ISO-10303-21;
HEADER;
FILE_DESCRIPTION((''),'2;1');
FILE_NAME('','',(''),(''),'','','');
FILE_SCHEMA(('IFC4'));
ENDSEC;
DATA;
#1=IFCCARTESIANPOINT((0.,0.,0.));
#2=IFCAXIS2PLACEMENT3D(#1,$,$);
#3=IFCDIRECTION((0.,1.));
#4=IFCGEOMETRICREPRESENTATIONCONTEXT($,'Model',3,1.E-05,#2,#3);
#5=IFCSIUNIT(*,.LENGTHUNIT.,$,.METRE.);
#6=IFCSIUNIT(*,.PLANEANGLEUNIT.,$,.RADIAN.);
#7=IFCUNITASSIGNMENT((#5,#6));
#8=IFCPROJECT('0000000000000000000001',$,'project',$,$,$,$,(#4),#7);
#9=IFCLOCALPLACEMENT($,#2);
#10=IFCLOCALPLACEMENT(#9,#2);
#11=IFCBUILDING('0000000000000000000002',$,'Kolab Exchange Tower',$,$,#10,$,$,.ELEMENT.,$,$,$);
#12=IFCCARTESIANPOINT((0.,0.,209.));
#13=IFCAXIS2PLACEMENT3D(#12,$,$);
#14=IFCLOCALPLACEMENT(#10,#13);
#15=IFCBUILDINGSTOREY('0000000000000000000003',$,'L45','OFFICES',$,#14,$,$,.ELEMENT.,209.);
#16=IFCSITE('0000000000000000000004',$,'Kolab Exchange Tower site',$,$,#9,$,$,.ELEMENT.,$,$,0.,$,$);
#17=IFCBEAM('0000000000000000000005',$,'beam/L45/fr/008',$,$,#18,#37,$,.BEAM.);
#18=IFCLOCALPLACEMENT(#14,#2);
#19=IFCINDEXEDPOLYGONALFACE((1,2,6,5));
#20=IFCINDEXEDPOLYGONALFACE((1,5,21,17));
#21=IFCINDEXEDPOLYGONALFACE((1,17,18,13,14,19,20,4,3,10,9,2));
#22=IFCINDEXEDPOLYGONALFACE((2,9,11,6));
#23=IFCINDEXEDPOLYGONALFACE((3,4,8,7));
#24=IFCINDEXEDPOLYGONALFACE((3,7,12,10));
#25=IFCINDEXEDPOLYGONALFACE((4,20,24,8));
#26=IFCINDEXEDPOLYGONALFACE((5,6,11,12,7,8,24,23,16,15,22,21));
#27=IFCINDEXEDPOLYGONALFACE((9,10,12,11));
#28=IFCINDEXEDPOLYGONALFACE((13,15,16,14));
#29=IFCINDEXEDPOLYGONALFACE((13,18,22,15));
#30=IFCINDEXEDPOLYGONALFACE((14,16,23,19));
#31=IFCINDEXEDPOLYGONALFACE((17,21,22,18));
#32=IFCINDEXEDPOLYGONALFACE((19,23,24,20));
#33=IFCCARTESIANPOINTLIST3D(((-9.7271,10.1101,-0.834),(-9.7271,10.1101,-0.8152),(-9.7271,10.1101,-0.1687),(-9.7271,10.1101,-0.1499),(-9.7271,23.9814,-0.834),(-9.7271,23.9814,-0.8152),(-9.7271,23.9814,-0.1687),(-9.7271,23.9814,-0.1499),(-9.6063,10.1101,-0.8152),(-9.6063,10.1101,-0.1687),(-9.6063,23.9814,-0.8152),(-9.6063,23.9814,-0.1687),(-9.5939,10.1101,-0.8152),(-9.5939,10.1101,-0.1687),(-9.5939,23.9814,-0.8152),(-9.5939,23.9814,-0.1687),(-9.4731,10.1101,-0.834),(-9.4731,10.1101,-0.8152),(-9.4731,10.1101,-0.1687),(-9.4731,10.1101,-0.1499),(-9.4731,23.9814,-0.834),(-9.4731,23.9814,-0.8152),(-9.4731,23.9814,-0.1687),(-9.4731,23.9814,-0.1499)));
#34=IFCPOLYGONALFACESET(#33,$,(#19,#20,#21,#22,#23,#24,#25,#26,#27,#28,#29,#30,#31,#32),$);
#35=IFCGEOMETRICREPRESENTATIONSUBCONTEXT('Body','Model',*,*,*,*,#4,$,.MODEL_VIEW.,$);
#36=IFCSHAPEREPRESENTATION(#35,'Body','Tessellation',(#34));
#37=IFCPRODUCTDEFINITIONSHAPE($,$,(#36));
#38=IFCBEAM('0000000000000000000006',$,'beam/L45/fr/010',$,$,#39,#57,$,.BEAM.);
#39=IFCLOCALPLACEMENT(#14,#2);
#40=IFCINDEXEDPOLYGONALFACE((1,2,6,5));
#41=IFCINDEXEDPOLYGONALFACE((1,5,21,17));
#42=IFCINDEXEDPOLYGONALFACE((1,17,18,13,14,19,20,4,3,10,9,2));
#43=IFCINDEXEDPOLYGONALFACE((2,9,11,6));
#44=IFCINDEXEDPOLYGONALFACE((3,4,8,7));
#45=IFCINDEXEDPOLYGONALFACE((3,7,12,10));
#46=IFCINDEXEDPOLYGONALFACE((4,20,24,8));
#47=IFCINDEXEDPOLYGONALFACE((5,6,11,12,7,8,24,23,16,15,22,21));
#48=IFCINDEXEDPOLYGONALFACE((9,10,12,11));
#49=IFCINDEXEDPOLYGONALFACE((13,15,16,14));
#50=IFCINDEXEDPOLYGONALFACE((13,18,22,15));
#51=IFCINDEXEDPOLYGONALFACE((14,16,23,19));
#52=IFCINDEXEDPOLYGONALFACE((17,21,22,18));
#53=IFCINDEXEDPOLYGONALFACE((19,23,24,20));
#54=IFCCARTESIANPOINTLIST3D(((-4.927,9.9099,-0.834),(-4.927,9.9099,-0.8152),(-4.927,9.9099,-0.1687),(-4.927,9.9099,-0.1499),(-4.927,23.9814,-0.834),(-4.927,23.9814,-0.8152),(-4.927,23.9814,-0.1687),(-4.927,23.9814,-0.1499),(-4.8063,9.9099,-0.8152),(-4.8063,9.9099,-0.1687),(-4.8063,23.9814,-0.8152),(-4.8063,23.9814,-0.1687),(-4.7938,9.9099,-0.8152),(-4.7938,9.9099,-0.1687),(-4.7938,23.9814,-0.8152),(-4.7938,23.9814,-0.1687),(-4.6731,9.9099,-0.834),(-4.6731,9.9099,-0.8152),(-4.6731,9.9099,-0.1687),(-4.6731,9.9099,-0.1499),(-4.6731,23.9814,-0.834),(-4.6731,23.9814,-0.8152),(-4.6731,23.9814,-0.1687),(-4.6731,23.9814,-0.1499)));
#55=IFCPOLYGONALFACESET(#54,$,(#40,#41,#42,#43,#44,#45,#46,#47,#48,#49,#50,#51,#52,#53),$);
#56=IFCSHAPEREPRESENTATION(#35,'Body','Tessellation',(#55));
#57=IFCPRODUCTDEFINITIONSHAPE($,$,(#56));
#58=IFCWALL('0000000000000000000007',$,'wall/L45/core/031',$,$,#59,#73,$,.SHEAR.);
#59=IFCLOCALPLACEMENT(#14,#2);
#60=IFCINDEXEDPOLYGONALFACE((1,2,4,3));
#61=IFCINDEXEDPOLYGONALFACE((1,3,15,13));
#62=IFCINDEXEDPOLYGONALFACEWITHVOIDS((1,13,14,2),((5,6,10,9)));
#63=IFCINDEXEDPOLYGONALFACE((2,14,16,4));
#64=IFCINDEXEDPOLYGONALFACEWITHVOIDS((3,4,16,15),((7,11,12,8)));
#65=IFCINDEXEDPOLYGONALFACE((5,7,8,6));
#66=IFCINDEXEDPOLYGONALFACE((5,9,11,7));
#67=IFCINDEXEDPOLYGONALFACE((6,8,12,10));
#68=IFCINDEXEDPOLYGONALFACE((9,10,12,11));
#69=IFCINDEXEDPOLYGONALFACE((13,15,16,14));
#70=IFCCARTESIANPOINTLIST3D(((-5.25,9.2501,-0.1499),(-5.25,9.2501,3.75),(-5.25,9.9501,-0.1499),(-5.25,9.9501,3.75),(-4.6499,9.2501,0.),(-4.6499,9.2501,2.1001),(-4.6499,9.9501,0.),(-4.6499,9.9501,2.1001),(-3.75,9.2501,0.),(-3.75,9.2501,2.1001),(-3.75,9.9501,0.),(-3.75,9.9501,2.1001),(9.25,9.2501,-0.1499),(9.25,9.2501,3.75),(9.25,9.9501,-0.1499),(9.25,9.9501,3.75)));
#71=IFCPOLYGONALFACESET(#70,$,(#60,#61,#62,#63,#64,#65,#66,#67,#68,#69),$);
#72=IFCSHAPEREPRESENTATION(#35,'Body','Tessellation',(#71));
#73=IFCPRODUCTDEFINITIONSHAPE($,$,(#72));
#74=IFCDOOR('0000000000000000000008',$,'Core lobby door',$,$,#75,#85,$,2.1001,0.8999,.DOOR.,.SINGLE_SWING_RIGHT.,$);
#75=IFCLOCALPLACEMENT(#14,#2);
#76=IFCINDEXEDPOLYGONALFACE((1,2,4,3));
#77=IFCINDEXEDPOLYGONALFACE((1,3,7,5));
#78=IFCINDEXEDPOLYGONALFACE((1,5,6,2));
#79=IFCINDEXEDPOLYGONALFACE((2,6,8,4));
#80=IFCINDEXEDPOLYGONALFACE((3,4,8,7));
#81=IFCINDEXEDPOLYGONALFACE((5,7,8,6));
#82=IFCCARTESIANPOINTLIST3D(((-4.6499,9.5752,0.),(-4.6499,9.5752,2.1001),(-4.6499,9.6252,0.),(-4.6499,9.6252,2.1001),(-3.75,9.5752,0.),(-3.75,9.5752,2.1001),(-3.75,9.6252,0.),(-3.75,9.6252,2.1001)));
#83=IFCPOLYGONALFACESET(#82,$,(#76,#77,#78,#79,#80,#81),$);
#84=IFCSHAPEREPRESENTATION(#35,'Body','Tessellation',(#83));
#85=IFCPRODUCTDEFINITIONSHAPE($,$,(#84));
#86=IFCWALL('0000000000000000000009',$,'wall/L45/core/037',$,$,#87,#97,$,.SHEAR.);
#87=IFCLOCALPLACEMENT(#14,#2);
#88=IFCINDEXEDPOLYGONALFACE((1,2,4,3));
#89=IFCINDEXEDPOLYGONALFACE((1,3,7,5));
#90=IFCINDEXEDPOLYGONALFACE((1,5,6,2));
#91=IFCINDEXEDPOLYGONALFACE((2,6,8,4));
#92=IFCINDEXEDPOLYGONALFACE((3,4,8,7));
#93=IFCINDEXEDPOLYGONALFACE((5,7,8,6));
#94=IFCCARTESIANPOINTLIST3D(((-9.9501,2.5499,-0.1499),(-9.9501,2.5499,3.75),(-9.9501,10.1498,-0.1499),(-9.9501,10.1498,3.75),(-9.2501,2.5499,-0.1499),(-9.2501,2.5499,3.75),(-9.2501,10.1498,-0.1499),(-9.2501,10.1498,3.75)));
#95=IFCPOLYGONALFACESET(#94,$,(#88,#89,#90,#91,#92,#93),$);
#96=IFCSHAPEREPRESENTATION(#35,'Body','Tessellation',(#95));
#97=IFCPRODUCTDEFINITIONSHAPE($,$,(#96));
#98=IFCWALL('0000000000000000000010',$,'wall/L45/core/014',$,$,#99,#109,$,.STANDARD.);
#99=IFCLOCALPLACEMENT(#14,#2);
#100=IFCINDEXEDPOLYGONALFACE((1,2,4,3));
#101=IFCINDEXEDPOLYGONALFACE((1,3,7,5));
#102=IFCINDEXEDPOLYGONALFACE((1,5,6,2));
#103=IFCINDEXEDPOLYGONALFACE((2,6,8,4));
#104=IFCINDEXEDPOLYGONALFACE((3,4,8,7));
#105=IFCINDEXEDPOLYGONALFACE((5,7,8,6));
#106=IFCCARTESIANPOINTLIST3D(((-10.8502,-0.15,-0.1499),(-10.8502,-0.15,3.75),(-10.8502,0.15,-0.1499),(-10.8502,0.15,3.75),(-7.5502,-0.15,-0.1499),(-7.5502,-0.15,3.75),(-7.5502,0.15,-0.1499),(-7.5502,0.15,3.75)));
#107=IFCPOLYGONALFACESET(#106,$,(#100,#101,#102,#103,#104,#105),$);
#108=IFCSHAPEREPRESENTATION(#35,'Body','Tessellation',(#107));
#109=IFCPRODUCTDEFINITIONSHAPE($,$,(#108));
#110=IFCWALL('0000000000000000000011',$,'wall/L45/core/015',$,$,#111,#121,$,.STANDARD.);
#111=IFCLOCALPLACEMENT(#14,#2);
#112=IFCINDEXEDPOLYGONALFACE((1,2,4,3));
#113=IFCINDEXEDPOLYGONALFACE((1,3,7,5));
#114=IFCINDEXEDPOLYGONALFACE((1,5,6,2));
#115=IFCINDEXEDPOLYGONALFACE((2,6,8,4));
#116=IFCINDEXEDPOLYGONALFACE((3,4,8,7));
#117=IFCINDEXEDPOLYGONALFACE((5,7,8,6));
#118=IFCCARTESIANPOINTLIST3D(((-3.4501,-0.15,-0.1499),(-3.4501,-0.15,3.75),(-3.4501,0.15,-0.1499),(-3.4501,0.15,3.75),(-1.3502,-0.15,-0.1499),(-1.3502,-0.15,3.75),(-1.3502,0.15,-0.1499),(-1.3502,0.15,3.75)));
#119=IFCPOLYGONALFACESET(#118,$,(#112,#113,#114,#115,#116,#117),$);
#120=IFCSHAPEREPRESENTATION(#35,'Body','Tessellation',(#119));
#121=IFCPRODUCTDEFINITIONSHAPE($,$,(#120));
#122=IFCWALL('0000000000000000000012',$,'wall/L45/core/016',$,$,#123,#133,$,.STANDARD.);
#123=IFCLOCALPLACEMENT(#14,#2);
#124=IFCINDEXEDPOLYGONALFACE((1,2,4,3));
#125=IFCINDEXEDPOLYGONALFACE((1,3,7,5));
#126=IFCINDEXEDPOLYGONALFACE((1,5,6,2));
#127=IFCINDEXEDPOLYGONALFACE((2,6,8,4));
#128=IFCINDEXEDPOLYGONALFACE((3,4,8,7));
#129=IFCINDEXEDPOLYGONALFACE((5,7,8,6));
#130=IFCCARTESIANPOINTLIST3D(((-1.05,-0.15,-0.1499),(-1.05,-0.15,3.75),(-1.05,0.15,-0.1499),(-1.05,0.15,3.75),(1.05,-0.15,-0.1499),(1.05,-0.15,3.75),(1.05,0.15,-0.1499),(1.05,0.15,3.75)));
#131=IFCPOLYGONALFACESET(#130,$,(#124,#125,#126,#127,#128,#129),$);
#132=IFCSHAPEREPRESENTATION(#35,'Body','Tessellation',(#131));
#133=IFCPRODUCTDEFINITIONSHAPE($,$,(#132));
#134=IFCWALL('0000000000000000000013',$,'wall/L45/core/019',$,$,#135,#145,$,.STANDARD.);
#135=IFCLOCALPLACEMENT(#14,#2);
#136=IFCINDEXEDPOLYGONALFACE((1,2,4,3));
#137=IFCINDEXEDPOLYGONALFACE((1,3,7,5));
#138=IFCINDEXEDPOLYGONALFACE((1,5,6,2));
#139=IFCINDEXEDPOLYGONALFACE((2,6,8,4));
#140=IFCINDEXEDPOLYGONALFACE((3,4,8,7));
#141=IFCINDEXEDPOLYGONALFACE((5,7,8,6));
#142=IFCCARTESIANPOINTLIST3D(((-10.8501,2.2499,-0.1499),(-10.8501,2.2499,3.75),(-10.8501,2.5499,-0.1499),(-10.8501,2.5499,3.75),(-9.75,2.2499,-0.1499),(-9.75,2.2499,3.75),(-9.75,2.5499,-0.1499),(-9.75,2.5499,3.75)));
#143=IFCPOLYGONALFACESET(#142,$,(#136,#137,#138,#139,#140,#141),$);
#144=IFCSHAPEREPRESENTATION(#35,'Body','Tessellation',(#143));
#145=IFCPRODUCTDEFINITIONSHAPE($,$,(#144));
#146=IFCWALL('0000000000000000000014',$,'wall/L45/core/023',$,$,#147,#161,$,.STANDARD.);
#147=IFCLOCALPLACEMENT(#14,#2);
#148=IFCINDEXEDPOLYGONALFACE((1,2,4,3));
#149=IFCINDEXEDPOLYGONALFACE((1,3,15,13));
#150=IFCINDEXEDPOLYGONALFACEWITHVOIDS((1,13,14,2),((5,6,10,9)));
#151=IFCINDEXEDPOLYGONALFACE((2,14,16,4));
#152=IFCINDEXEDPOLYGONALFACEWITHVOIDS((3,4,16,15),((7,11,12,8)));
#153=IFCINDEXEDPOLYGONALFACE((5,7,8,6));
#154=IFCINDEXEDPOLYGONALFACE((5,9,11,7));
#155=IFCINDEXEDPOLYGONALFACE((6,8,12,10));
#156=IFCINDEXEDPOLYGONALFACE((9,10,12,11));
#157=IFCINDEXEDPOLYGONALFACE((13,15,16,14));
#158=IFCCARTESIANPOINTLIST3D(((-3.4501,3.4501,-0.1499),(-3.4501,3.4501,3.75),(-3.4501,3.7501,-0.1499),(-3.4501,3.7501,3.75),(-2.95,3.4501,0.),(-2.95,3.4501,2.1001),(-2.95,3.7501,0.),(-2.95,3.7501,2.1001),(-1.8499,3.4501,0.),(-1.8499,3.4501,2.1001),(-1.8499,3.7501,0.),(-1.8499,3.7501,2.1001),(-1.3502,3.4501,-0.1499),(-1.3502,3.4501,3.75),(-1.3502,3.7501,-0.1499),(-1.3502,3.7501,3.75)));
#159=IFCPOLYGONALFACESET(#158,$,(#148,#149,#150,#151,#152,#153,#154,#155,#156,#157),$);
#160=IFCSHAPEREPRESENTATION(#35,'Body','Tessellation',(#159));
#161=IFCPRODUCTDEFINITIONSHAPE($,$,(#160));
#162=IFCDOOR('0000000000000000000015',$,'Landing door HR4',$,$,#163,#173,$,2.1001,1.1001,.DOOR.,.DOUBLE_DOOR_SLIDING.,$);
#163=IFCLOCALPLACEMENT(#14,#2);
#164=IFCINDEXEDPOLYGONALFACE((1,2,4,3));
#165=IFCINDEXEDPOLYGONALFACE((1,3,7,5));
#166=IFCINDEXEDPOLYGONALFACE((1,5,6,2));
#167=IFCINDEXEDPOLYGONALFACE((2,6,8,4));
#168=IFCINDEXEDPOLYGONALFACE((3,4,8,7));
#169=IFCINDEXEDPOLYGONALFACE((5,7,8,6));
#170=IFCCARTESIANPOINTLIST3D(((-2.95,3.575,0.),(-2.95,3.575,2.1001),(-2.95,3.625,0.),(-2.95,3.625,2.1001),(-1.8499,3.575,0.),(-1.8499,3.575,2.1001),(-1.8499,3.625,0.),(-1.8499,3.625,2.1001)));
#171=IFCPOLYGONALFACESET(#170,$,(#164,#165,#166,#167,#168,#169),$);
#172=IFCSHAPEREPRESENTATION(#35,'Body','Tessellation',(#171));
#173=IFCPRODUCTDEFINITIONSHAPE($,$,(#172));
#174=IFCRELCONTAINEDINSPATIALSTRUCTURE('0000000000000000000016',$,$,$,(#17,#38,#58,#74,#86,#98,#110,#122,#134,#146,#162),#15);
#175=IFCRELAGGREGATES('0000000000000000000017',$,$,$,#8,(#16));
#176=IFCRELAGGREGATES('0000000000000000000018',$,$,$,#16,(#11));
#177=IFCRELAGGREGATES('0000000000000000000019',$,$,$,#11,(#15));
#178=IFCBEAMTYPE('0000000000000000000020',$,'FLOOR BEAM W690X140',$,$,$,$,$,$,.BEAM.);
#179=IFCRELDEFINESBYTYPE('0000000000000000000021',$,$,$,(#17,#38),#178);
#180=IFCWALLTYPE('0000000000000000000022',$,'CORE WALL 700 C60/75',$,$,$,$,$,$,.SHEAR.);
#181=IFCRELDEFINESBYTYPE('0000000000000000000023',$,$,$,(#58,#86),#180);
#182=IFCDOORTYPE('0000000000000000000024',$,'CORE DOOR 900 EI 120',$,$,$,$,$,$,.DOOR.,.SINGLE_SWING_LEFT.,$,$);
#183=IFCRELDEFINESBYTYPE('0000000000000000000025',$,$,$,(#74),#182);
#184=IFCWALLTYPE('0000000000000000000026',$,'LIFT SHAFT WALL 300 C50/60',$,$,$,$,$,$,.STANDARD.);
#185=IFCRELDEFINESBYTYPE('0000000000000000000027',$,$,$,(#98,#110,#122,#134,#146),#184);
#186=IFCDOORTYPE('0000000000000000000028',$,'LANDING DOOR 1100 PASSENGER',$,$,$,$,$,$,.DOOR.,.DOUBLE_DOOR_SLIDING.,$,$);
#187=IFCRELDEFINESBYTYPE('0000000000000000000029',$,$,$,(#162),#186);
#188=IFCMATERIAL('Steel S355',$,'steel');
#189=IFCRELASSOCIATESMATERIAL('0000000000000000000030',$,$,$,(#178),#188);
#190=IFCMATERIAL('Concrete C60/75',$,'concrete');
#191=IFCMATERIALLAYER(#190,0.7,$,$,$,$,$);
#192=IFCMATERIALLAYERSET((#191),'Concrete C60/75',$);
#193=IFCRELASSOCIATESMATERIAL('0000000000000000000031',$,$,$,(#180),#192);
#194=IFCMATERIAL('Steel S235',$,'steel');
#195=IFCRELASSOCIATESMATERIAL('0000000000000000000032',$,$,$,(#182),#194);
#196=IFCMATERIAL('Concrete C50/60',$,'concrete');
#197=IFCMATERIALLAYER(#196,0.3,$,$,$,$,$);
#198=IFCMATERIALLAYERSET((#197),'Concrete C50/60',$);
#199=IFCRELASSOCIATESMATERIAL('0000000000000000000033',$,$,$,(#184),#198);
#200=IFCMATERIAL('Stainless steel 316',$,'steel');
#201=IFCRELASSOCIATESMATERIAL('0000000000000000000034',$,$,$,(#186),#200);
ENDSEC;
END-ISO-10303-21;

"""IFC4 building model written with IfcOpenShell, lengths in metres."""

from ifc_helpers import new_model, si_unit, direction, frame, frame_2d, origin, origin_2d, place, context, subcontext, project, spatial, rectangle, i_section, extrude, material, layer, layer_set, material_profile, profile_set, type_object, element, fill, save


model = new_model("IFC4")

# Units and contexts
model_context = context("Model", 3, precision=1e-05, world=origin(), true_north=direction((0.0, 1.0)))
body_context = subcontext(model_context, "Body", "Model", "MODEL_VIEW")
ifc_project = project(units=[si_unit("LENGTHUNIT", "METRE"), si_unit("PLANEANGLEUNIT", "RADIAN")], contexts=[model_context])

# Site, building, storey
site_placement = place(None, origin())
site = spatial("IfcSite", under=ifc_project, at=site_placement, Name="Kolab Exchange Tower site", CompositionType="ELEMENT", RefElevation=0.0)
building_placement = place(site_placement, origin())
building = spatial("IfcBuilding", under=site, at=building_placement, Name="Kolab Exchange Tower", CompositionType="ELEMENT")
storey_placement = place(building_placement, frame((0.0, 0.0, 209.0)))
storey = spatial("IfcBuildingStorey", under=building, at=storey_placement, Name="L45", Description="OFFICES", CompositionType="ELEMENT", Elevation=209.0)

# Beams
ifc_material_1 = material(Name="Steel S355", Category="steel")
ifc_material_profile = material_profile(ifc_material_1, i_section(OverallWidth=0.2539, OverallDepth=0.6841, WebThickness=0.0125, FlangeThickness=0.0188, at=origin_2d()), Name="W690X140")
ifc_profile_set = profile_set([ifc_material_profile], Name="Steel S355")
beam_type = type_object("IfcBeamType", Name="FLOOR BEAM W690X140", PredefinedType="BEAM", material=ifc_profile_set)
beam_1_placement = place(storey_placement, frame((-9.6001, 10.1101, -0.4919), z_axis=(0.0, 1.0, 0.0), x_axis=(-1.0, 0.0, 0.0)))
element("IfcBeam", 1, at=beam_1_placement, inside=storey, type_object=beam_type, Name="beam/L45/fr/008", PredefinedType="BEAM", context=body_context, shape_type="SweptSolid", body=[
    extrude(i_section(OverallWidth=0.2539, OverallDepth=0.6841, WebThickness=0.0125, FlangeThickness=0.0188, at=origin_2d()), origin(), (0.0, 0.0, 1.0), 13.8713),
])
beam_2_placement = place(storey_placement, frame((-4.8, 9.9099, -0.4919), z_axis=(0.0, 1.0, 0.0), x_axis=(-1.0, 0.0, 0.0)))
element("IfcBeam", 2, at=beam_2_placement, inside=storey, type_object=beam_type, Name="beam/L45/fr/010", PredefinedType="BEAM", context=body_context, shape_type="SweptSolid", body=[
    extrude(i_section(OverallWidth=0.2539, OverallDepth=0.6841, WebThickness=0.0125, FlangeThickness=0.0188, at=origin_2d()), origin(), (0.0, 0.0, 1.0), 14.0715),
])

# Wall, opening, door
ifc_material_2 = material(Name="Concrete C60/75", Category="concrete")
ifc_layer_1 = layer(ifc_material_2, 0.7)
ifc_layer_set_1 = layer_set([ifc_layer_1], Name="Concrete C60/75")
wall_type_1 = type_object("IfcWallType", Name="CORE WALL 700 C60/75", PredefinedType="SHEAR", material=ifc_layer_set_1)
wall_1_placement = place(storey_placement, frame((-5.25, 9.6001, -0.1499), z_axis=(0.0, 0.0, 1.0), x_axis=(1.0, 0.0, 0.0)))
wall_1 = element("IfcWall", 3, at=wall_1_placement, inside=storey, type_object=wall_type_1, Name="wall/L45/core/031", PredefinedType="SHEAR", context=body_context, shape_type="SweptSolid", body=[
    extrude(rectangle(XDim=14.5, YDim=0.7, at=frame_2d((7.25, 0.0))), origin(), (0.0, 0.0, 1.0), 3.8999),
])
opening_1_placement = place(wall_1_placement, frame((0.6001, 0.0, 0.1499)))
opening_1 = element("IfcOpeningElement", 4, at=opening_1_placement, cuts=wall_1, PredefinedType="OPENING", context=body_context, shape_type="SweptSolid", body=[
    extrude(rectangle(XDim=0.8999, YDim=2.1001, at=frame_2d((0.45, 1.05))), frame((0.0, 0.3599, 0.0), z_axis=(0.0, -1.0, 0.0), x_axis=(1.0, 0.0, 0.0)), (0.0, 0.0, 1.0), 0.72),
])
ifc_material_3 = material(Name="Steel S235", Category="steel")
door_type_1 = type_object("IfcDoorType", Name="CORE DOOR 900 EI 120", OperationType="SINGLE_SWING_LEFT", PredefinedType="DOOR", material=ifc_material_3)
door_1_placement = place(opening_1_placement, frame((0.8999, 0.0, 0.0), z_axis=(0.0, 0.0, 1.0), x_axis=(-1.0, 0.0, 0.0)))
door_1 = element("IfcDoor", 5, at=door_1_placement, inside=storey, type_object=door_type_1, Name="Core lobby door", OperationType="SINGLE_SWING_RIGHT", OverallHeight=2.1001, OverallWidth=0.8999, PredefinedType="DOOR", context=body_context, shape_type="SweptSolid", body=[
    extrude(rectangle(XDim=0.8999, YDim=2.1001, at=frame_2d((0.45, 1.05))), frame((0.0, 0.0249, 0.0), z_axis=(0.0, -1.0, 0.0), x_axis=(1.0, 0.0, 0.0)), (0.0, 0.0, 1.0), 0.05),
])
fill(opening_1, door_1)

# Walls
wall_2_placement = place(storey_placement, frame((-9.6001, 2.55, -0.1499), z_axis=(0.0, 0.0, 1.0), x_axis=(0.0, 1.0, 0.0)))
element("IfcWall", 6, at=wall_2_placement, inside=storey, type_object=wall_type_1, Name="wall/L45/core/037", PredefinedType="SHEAR", context=body_context, shape_type="SweptSolid", body=[
    extrude(rectangle(XDim=7.5999, YDim=0.7, at=frame_2d((3.7998, 0.0))), origin(), (0.0, 0.0, 1.0), 3.8999),
])
ifc_material_4 = material(Name="Concrete C50/60", Category="concrete")
ifc_layer_2 = layer(ifc_material_4, 0.3)
ifc_layer_set_2 = layer_set([ifc_layer_2], Name="Concrete C50/60")
wall_type_2 = type_object("IfcWallType", Name="LIFT SHAFT WALL 300 C50/60", PredefinedType="STANDARD", material=ifc_layer_set_2)
wall_3_placement = place(storey_placement, frame((-10.8501, 0.0, -0.1499), z_axis=(0.0, 0.0, 1.0), x_axis=(1.0, 0.0, 0.0)))
element("IfcWall", 7, at=wall_3_placement, inside=storey, type_object=wall_type_2, Name="wall/L45/core/014", PredefinedType="STANDARD", context=body_context, shape_type="SweptSolid", body=[
    extrude(rectangle(XDim=3.3, YDim=0.3, at=frame_2d((1.6499, 0.0))), origin(), (0.0, 0.0, 1.0), 3.8999),
])
wall_4_placement = place(storey_placement, frame((-3.45, 0.0, -0.1499), z_axis=(0.0, 0.0, 1.0), x_axis=(1.0, 0.0, 0.0)))
element("IfcWall", 8, at=wall_4_placement, inside=storey, type_object=wall_type_2, Name="wall/L45/core/015", PredefinedType="STANDARD", context=body_context, shape_type="SweptSolid", body=[
    extrude(rectangle(XDim=2.0999, YDim=0.3, at=frame_2d((1.0498, 0.0))), origin(), (0.0, 0.0, 1.0), 3.8999),
])
wall_5_placement = place(storey_placement, frame((-1.05, 0.0, -0.1499), z_axis=(0.0, 0.0, 1.0), x_axis=(1.0, 0.0, 0.0)))
element("IfcWall", 9, at=wall_5_placement, inside=storey, type_object=wall_type_2, Name="wall/L45/core/016", PredefinedType="STANDARD", context=body_context, shape_type="SweptSolid", body=[
    extrude(rectangle(XDim=2.1001, YDim=0.3, at=frame_2d((1.05, 0.0))), origin(), (0.0, 0.0, 1.0), 3.8999),
])
wall_6_placement = place(storey_placement, frame((-10.8501, 2.3999, -0.1499), z_axis=(0.0, 0.0, 1.0), x_axis=(1.0, 0.0, 0.0)))
element("IfcWall", 10, at=wall_6_placement, inside=storey, type_object=wall_type_2, Name="wall/L45/core/019", PredefinedType="STANDARD", context=body_context, shape_type="SweptSolid", body=[
    extrude(rectangle(XDim=1.1001, YDim=0.3, at=frame_2d((0.55, 0.0))), origin(), (0.0, 0.0, 1.0), 3.8999),
])

# Wall, opening, door
wall_7_placement = place(storey_placement, frame((-3.45, 3.6001, -0.1499), z_axis=(0.0, 0.0, 1.0), x_axis=(1.0, 0.0, 0.0)))
wall_7 = element("IfcWall", 11, at=wall_7_placement, inside=storey, type_object=wall_type_2, Name="wall/L45/core/023", PredefinedType="STANDARD", context=body_context, shape_type="SweptSolid", body=[
    extrude(rectangle(XDim=2.0999, YDim=0.3, at=frame_2d((1.0498, 0.0))), origin(), (0.0, 0.0, 1.0), 3.8999),
])
opening_2_placement = place(wall_7_placement, frame((0.5, 0.0, 0.1499)))
opening_2 = element("IfcOpeningElement", 12, at=opening_2_placement, cuts=wall_7, PredefinedType="OPENING", context=body_context, shape_type="SweptSolid", body=[
    extrude(rectangle(XDim=1.1001, YDim=2.1001, at=frame_2d((0.55, 1.05))), frame((0.0, 0.1602, 0.0), z_axis=(0.0, -1.0, 0.0), x_axis=(1.0, 0.0, 0.0)), (0.0, 0.0, 1.0), 0.3201),
])
ifc_material_5 = material(Name="Stainless steel 316", Category="steel")
door_type_2 = type_object("IfcDoorType", Name="LANDING DOOR 1100 PASSENGER", OperationType="DOUBLE_DOOR_SLIDING", PredefinedType="DOOR", material=ifc_material_5)
door_2_placement = place(opening_2_placement, origin())
door_2 = element("IfcDoor", 13, at=door_2_placement, inside=storey, type_object=door_type_2, Name="Landing door HR4", OperationType="DOUBLE_DOOR_SLIDING", OverallHeight=2.1001, OverallWidth=1.1001, PredefinedType="DOOR", context=body_context, shape_type="SweptSolid", body=[
    extrude(rectangle(XDim=1.1001, YDim=2.1001, at=frame_2d((0.55, 1.05))), frame((0.0, 0.0249, 0.0), z_axis=(0.0, -1.0, 0.0), x_axis=(1.0, 0.0, 0.0)), (0.0, 0.0, 1.0), 0.05),
])
fill(opening_2, door_2)

save(model, "model.ifc")
